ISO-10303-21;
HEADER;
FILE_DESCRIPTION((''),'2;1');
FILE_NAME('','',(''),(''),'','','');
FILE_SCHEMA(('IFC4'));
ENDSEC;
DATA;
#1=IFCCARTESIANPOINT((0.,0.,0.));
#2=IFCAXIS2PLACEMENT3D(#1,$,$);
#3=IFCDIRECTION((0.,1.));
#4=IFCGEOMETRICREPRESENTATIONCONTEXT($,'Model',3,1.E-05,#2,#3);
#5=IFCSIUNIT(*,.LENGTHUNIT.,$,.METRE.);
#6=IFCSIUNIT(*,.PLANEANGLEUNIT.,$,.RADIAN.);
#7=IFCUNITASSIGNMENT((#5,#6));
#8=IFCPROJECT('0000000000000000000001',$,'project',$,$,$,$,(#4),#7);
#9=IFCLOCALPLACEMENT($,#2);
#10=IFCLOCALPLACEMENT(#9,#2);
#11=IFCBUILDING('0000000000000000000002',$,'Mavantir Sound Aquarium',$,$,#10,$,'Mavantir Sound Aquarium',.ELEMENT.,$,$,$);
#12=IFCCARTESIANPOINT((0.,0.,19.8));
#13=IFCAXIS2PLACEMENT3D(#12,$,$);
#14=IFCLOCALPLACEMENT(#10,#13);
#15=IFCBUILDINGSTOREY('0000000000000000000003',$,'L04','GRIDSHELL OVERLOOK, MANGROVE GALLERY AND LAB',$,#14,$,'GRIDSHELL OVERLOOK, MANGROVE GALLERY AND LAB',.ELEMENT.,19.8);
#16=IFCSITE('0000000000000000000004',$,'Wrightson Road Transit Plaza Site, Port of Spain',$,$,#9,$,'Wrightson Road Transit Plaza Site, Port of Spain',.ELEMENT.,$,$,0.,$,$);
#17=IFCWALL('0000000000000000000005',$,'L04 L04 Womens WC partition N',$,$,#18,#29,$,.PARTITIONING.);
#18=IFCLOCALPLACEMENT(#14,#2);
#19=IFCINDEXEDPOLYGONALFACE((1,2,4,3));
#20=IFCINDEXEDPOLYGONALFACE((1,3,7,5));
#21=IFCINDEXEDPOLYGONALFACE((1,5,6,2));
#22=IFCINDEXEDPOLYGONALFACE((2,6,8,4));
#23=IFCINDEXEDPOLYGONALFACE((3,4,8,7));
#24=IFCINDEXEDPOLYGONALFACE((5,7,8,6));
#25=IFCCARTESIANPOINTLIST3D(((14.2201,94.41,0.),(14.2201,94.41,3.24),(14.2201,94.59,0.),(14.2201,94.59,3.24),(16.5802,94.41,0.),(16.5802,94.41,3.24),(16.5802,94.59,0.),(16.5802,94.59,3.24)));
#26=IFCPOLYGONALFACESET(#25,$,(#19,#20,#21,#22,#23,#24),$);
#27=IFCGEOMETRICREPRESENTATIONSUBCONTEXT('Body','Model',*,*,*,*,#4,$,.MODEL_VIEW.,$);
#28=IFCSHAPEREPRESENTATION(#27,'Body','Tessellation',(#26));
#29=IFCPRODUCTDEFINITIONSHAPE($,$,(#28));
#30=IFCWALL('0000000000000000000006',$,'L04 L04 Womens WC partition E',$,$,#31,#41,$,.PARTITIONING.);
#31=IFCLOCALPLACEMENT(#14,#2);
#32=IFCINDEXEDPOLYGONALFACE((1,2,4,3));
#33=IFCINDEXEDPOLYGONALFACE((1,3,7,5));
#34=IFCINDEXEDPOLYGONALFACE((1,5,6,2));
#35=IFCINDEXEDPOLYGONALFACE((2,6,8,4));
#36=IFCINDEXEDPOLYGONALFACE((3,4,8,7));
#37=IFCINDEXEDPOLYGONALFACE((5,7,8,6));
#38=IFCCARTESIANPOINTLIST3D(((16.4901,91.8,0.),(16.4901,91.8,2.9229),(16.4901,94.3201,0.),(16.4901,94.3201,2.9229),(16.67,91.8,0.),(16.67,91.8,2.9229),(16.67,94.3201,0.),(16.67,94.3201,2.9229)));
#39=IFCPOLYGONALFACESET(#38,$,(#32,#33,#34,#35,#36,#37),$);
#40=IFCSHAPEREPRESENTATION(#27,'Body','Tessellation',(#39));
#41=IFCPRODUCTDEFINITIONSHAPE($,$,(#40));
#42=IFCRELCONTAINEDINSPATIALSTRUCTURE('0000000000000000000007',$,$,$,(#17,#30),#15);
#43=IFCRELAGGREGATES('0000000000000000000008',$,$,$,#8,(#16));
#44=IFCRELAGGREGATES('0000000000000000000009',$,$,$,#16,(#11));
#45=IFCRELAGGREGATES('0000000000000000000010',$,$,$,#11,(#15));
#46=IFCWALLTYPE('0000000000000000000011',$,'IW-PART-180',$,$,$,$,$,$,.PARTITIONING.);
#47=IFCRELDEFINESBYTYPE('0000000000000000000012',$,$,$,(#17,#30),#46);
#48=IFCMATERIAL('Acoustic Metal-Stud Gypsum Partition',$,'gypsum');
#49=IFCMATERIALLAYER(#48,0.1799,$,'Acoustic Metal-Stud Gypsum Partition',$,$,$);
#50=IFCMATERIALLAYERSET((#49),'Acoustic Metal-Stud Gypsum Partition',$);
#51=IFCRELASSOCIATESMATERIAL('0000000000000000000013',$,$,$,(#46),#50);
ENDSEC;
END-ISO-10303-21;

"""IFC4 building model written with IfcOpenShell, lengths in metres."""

from ifc_helpers import new_model, si_unit, direction, frame, frame_2d, origin, place, context, subcontext, project, spatial, rectangle, extrude, material, layer, layer_set, type_object, element, save


model = new_model("IFC4")

# Units and contexts
model_context = context("Model", 3, precision=1e-05, world=origin(), true_north=direction((0.0, 1.0)))
body_context = subcontext(model_context, "Body", "Model", "MODEL_VIEW")
ifc_project = project(units=[si_unit("LENGTHUNIT", "METRE"), si_unit("PLANEANGLEUNIT", "RADIAN")], contexts=[model_context])

# Site, building, storey
site_placement = place(None, origin())
site = spatial("IfcSite", under=ifc_project, at=site_placement, Name="Wrightson Road Transit Plaza Site, Port of Spain", LongName="Wrightson Road Transit Plaza Site, Port of Spain", CompositionType="ELEMENT", RefElevation=0.0)
building_placement = place(site_placement, origin())
building = spatial("IfcBuilding", under=site, at=building_placement, Name="Mavantir Sound Aquarium", LongName="Mavantir Sound Aquarium", CompositionType="ELEMENT")
storey_placement = place(building_placement, frame((0.0, 0.0, 19.8)))
storey = spatial("IfcBuildingStorey", under=building, at=storey_placement, Name="L04", Description="GRIDSHELL OVERLOOK, MANGROVE GALLERY AND LAB", LongName="GRIDSHELL OVERLOOK, MANGROVE GALLERY AND LAB", CompositionType="ELEMENT", Elevation=19.8)

# Shared definitions
ifc_material_1 = material(Name="Acoustic Metal-Stud Gypsum Partition", Category="gypsum")

# Walls
ifc_layer_1 = layer(ifc_material_1, 0.1799, Name="Acoustic Metal-Stud Gypsum Partition")
ifc_layer_set_1 = layer_set([ifc_layer_1], Name="Acoustic Metal-Stud Gypsum Partition")
wall_type_1 = type_object("IfcWallType", Name="IW-PART-180", PredefinedType="PARTITIONING", material=ifc_layer_set_1)
wall_1_placement = place(storey_placement, frame((14.22, 94.5, 0.0), z_axis=(0.0, 0.0, 1.0), x_axis=(1.0, 0.0, 0.0)))
element("IfcWall", 1, at=wall_1_placement, inside=storey, type_object=wall_type_1, Name="L04 L04 Womens WC partition N", PredefinedType="PARTITIONING", context=body_context, shape_type="SweptSolid", body=[
    extrude(rectangle(XDim=2.3601, YDim=0.1799, at=frame_2d((1.1802, 0.0))), origin(), (0.0, 0.0, 1.0), 3.24),
])
wall_2_placement = place(storey_placement, frame((16.5801, 91.8, 0.0), z_axis=(0.0, 0.0, 1.0), x_axis=(0.0, 1.0, 0.0)))
element("IfcWall", 2, at=wall_2_placement, inside=storey, type_object=wall_type_1, Name="L04 L04 Womens WC partition E", PredefinedType="PARTITIONING", context=body_context, shape_type="SweptSolid", body=[
    extrude(rectangle(XDim=2.52, YDim=0.1799, at=frame_2d((1.26, 0.0))), origin(), (0.0, 0.0, 1.0), 2.9229),
])

save(model, "model.ifc")
